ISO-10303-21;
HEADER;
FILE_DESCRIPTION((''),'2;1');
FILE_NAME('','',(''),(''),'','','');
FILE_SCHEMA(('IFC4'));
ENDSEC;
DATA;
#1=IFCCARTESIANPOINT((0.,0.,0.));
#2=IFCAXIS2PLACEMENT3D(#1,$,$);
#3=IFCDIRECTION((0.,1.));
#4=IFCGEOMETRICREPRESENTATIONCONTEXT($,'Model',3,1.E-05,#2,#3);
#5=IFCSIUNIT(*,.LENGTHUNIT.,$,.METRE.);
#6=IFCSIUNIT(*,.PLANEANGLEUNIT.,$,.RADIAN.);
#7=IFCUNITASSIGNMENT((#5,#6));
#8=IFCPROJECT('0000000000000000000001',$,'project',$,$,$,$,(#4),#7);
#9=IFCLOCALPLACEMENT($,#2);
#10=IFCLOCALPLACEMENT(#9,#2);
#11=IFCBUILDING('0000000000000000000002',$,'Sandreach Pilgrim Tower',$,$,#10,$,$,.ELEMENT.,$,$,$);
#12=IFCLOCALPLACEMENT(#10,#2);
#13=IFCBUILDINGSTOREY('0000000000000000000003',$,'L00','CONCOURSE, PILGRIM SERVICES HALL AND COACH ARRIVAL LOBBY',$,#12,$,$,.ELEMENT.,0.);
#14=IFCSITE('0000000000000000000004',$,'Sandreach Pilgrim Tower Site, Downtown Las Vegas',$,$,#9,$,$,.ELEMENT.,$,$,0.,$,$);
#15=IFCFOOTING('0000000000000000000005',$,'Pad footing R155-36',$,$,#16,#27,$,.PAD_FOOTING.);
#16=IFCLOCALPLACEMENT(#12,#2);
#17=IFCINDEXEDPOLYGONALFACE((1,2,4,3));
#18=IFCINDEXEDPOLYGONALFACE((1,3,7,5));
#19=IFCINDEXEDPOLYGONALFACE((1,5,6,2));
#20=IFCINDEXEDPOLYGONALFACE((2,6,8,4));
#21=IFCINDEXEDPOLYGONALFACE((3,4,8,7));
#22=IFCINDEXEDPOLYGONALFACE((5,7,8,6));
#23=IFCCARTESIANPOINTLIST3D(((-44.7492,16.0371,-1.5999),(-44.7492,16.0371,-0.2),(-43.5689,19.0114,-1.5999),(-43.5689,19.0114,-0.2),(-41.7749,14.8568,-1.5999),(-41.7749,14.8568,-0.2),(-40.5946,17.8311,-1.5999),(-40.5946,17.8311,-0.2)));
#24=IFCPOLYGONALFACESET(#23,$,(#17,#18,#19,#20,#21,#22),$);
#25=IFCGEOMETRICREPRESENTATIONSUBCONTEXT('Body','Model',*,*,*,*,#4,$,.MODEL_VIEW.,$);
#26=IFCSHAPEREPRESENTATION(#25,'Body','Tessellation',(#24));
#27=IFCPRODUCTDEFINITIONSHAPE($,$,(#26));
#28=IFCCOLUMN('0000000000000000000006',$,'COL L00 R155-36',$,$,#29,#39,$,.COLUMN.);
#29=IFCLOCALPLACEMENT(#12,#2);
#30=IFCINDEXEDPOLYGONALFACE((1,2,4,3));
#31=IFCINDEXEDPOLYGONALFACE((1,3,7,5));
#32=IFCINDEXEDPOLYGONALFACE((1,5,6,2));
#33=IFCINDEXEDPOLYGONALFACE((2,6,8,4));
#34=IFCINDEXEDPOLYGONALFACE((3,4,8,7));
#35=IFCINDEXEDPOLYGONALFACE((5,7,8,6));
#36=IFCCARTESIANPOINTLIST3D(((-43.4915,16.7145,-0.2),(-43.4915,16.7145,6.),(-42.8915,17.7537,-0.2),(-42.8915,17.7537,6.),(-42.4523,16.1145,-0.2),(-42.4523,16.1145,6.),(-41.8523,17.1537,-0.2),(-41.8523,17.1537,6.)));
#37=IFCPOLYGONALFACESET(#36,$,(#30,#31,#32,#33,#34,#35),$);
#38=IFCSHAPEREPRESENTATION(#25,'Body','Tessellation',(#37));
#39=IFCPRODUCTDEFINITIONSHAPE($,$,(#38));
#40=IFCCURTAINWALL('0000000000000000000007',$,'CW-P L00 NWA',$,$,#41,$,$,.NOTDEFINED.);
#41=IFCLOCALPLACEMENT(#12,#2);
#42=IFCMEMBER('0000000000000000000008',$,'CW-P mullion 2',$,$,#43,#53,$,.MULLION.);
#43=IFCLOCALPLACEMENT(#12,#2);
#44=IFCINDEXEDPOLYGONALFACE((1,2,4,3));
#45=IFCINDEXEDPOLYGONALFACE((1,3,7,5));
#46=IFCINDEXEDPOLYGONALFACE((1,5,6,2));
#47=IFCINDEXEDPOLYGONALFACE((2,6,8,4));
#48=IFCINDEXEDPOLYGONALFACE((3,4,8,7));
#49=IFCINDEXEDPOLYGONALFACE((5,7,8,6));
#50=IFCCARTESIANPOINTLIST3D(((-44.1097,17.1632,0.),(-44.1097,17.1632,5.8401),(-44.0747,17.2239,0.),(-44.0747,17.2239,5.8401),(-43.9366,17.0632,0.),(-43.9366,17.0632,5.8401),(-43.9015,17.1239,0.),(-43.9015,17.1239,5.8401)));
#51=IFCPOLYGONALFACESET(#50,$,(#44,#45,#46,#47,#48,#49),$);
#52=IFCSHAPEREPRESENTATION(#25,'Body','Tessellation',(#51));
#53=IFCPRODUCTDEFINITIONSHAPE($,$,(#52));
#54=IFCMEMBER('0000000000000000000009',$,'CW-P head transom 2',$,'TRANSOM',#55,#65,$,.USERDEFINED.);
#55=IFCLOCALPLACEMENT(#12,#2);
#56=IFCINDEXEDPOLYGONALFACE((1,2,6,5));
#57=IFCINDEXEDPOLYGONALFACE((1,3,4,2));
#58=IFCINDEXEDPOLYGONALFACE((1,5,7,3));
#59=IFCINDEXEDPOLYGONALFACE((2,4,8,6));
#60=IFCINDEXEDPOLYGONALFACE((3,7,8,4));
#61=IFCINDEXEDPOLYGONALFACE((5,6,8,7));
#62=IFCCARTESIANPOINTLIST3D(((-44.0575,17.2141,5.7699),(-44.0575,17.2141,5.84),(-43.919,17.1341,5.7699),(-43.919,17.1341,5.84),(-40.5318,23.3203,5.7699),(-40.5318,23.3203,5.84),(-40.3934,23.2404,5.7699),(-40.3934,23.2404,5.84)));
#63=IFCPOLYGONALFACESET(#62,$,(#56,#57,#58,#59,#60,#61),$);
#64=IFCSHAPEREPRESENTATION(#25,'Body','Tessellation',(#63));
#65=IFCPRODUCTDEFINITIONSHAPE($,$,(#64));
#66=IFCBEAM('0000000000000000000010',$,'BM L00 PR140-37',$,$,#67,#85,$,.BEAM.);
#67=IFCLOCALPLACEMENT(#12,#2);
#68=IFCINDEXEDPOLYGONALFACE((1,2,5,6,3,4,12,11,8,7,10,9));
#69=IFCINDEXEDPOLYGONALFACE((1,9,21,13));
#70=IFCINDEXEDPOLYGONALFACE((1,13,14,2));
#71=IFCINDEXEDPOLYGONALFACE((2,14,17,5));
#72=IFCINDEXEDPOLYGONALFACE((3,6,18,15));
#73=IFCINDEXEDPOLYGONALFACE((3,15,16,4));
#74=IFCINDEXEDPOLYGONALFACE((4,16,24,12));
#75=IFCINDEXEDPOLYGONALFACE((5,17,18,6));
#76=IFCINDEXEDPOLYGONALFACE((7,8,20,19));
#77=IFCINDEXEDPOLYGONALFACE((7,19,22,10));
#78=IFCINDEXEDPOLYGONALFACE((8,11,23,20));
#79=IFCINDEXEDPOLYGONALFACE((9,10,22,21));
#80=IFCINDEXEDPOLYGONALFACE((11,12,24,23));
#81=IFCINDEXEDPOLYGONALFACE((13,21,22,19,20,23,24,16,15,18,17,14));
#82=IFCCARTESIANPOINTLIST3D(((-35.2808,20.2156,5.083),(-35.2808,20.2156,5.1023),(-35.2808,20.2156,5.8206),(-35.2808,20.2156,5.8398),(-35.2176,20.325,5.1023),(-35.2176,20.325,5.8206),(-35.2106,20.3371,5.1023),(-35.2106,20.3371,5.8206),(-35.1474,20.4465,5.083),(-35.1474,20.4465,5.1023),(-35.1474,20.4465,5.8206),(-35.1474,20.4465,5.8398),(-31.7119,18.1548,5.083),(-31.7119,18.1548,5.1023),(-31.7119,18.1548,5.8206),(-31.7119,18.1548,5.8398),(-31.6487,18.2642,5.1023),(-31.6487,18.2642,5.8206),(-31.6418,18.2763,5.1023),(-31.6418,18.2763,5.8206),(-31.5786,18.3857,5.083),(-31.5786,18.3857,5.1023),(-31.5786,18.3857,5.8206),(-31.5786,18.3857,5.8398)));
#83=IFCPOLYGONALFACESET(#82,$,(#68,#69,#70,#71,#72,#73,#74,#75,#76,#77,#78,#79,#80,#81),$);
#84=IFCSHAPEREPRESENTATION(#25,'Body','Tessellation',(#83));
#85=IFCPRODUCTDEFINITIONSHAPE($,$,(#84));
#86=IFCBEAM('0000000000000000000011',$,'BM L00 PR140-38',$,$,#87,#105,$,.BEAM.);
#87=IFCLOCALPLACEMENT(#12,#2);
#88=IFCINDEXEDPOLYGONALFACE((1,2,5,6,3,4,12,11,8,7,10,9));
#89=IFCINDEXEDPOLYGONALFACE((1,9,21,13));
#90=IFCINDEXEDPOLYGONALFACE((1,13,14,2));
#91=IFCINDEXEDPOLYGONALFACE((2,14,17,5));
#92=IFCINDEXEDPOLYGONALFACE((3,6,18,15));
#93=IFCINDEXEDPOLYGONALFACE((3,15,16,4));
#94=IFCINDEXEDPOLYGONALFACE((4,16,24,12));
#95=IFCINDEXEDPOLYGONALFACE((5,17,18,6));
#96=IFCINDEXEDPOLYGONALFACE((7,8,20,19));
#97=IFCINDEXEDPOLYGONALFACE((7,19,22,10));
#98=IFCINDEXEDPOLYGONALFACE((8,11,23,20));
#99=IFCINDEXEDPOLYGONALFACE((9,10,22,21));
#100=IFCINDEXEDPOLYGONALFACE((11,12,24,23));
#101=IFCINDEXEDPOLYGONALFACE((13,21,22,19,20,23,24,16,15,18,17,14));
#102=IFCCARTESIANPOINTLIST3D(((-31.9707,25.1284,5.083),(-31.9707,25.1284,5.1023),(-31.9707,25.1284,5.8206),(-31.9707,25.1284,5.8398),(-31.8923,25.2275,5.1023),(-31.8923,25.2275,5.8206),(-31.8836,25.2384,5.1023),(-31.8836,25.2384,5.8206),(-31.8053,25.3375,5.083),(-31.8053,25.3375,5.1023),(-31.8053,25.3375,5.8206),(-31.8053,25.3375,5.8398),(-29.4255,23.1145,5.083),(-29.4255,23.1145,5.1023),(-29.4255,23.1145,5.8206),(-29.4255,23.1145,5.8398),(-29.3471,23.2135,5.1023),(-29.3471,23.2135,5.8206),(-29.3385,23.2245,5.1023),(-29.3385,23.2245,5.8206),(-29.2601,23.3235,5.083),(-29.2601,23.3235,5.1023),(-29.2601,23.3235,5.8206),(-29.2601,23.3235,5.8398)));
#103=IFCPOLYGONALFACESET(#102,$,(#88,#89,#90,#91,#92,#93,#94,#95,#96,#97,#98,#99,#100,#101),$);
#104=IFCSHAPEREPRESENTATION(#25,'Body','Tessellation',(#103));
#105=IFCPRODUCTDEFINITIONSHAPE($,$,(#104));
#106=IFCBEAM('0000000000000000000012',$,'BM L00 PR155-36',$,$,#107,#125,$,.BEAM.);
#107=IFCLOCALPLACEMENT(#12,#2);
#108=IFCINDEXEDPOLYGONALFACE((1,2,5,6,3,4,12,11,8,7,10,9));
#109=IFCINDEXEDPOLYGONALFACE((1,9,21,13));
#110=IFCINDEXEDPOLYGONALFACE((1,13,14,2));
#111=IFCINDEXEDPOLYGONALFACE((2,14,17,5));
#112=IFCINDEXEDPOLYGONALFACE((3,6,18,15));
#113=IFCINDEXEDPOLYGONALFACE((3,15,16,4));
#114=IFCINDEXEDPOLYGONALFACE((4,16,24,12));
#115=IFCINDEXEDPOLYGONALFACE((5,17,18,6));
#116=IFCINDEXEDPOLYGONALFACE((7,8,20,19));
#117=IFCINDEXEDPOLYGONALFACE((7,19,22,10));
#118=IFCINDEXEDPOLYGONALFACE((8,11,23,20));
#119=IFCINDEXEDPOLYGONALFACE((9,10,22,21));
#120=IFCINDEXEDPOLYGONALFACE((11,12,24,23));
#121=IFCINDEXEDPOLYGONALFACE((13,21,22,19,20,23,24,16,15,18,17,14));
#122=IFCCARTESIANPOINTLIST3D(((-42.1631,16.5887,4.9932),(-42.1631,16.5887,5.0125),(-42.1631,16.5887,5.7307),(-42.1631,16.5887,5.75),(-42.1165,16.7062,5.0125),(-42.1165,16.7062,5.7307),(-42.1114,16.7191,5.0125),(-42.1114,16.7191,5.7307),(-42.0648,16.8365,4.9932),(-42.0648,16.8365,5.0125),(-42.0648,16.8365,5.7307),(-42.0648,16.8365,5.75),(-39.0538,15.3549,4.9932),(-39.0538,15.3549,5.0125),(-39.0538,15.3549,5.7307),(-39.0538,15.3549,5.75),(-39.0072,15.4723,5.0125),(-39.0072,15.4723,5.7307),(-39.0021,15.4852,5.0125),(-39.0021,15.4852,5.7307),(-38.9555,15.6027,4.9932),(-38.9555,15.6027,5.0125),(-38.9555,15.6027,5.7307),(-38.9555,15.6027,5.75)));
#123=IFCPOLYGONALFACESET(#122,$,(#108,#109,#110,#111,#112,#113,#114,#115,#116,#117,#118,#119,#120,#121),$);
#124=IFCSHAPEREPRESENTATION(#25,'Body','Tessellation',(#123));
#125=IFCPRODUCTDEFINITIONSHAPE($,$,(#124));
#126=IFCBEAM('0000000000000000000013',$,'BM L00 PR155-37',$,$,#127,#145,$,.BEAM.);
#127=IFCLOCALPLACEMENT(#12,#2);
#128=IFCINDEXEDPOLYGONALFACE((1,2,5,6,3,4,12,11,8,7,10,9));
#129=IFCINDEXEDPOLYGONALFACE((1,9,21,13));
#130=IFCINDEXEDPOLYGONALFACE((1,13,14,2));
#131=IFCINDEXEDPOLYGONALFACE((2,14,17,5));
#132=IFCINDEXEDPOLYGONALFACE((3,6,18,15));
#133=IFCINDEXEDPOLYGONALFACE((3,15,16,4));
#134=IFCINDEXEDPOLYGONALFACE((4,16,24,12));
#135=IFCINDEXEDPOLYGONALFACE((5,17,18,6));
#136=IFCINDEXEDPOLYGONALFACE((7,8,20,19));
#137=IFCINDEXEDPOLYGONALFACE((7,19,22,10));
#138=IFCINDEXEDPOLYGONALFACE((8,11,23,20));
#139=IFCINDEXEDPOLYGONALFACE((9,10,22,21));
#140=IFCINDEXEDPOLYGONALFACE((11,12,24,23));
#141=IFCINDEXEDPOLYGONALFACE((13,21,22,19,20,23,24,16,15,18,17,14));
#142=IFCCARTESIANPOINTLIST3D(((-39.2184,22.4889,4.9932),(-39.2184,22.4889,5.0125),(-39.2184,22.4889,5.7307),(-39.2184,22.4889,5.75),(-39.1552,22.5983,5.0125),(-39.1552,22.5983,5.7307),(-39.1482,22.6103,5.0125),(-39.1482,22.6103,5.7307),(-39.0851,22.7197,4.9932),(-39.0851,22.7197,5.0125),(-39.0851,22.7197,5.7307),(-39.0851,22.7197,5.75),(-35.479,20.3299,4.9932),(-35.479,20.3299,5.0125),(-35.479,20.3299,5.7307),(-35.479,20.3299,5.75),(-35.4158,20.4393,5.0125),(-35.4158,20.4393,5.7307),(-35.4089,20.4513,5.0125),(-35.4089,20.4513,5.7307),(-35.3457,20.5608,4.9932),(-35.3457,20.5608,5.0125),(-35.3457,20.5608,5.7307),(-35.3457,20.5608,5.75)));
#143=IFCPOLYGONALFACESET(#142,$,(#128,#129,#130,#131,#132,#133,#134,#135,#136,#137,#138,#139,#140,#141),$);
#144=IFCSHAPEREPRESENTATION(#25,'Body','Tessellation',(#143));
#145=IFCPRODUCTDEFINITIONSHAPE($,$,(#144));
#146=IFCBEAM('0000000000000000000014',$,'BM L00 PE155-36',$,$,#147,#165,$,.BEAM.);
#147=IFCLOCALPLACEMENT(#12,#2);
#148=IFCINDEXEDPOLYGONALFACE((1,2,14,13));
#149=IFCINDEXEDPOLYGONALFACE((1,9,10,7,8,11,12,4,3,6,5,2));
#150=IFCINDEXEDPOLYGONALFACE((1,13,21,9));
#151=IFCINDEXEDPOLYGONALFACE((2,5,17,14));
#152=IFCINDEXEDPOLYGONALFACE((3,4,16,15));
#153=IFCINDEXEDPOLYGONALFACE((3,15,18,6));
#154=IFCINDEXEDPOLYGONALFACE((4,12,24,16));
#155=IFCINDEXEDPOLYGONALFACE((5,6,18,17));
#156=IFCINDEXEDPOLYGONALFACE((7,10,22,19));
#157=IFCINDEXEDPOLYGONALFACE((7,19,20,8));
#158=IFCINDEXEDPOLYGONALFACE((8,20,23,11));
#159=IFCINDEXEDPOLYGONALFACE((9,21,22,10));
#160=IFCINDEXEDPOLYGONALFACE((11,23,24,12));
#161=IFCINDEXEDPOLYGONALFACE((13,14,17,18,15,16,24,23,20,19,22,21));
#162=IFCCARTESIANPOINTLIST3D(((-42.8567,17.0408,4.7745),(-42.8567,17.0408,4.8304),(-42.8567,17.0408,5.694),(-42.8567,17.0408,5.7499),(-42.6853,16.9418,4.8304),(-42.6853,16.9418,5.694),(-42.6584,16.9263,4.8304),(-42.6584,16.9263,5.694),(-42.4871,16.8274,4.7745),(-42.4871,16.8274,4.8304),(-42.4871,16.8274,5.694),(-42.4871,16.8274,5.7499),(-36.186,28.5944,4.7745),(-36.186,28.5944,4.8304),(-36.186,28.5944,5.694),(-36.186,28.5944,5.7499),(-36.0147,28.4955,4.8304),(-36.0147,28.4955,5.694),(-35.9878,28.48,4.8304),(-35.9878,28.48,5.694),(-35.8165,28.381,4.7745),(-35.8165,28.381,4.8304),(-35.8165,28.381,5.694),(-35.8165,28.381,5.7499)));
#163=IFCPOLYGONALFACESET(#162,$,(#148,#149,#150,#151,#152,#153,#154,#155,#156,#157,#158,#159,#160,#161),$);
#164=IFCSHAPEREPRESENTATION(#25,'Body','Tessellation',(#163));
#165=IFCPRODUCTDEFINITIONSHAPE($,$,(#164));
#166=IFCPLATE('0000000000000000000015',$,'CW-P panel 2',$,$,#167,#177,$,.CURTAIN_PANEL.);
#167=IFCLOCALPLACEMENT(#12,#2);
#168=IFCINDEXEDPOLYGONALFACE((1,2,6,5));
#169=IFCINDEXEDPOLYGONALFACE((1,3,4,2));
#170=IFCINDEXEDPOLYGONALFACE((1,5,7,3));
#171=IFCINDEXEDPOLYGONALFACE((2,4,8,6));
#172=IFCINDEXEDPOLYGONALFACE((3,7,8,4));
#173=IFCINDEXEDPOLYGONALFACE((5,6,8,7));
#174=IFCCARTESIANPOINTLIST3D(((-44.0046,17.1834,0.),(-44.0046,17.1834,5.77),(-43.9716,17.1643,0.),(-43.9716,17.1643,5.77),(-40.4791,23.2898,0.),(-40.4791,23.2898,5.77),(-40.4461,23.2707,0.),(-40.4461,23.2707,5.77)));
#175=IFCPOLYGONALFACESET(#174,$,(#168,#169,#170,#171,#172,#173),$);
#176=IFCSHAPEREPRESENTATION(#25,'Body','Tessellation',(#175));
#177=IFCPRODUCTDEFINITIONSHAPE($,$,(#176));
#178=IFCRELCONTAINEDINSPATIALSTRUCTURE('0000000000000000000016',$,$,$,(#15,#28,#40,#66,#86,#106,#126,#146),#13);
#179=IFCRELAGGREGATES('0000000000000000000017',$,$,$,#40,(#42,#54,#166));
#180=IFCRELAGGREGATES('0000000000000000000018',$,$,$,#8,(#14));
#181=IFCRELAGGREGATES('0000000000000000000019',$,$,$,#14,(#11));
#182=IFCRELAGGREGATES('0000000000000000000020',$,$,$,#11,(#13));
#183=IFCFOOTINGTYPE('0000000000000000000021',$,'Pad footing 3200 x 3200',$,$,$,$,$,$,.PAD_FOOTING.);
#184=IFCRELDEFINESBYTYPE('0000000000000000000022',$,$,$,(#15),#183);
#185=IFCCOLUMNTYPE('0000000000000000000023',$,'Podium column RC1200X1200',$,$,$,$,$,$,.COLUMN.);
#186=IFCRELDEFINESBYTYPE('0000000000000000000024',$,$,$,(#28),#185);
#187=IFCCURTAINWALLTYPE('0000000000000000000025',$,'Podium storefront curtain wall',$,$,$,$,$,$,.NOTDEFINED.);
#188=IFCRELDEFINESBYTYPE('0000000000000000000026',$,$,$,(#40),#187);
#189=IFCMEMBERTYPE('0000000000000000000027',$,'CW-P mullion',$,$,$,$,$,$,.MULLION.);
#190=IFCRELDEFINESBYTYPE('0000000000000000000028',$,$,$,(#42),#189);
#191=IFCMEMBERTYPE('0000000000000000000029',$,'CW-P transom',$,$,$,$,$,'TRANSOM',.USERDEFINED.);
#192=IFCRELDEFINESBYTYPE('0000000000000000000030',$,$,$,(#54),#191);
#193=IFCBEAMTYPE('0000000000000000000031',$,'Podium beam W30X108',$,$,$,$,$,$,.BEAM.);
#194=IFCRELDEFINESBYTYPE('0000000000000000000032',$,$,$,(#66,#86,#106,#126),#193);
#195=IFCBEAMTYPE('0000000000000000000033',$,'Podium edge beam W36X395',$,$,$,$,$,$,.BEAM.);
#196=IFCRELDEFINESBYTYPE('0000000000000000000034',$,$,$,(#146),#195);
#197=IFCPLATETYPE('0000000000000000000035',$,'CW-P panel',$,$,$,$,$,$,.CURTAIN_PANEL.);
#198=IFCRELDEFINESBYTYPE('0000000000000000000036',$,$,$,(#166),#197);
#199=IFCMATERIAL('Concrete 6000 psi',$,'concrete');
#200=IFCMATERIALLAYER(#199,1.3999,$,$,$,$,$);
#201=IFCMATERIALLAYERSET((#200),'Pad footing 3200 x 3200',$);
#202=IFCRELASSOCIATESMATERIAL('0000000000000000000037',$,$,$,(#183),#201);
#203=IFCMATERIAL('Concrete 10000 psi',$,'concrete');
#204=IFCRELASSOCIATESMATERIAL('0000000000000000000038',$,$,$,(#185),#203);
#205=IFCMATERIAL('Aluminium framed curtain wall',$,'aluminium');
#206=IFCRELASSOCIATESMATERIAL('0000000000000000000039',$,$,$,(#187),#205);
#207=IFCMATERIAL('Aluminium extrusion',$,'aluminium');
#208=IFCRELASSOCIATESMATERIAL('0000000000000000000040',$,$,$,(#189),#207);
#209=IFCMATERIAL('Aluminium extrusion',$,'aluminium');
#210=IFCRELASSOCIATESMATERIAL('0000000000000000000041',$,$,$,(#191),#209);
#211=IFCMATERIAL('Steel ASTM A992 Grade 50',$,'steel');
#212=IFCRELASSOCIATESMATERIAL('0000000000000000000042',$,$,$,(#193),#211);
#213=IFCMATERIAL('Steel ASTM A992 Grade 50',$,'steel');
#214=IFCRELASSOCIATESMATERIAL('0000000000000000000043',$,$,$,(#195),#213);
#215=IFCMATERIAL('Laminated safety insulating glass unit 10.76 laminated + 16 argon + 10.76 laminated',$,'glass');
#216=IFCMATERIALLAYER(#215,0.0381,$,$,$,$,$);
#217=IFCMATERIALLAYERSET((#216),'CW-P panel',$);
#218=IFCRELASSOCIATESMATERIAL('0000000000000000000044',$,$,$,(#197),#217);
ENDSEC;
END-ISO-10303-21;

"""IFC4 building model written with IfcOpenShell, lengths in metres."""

from ifc_helpers import new_model, si_unit, direction, frame, origin, origin_2d, place, context, subcontext, project, spatial, rectangle, i_section, extrude, material, layer, layer_set, material_profile, profile_set, type_object, element, aggregate, save


model = new_model("IFC4")

# Units and contexts
model_context = context("Model", 3, precision=1e-05, world=origin(), true_north=direction((0.0, 1.0)))
body_context = subcontext(model_context, "Body", "Model", "MODEL_VIEW")
ifc_project = project(units=[si_unit("LENGTHUNIT", "METRE"), si_unit("PLANEANGLEUNIT", "RADIAN")], contexts=[model_context])

# Site, building, storey
site_placement = place(None, origin())
site = spatial("IfcSite", under=ifc_project, at=site_placement, Name="Sandreach Pilgrim Tower Site, Downtown Las Vegas", CompositionType="ELEMENT", RefElevation=0.0)
building_placement = place(site_placement, origin())
building = spatial("IfcBuilding", under=site, at=building_placement, Name="Sandreach Pilgrim Tower", CompositionType="ELEMENT")
storey_placement = place(building_placement, origin())
storey = spatial("IfcBuildingStorey", under=building, at=storey_placement, Name="L00", Description="CONCOURSE, PILGRIM SERVICES HALL AND COACH ARRIVAL LOBBY", CompositionType="ELEMENT", Elevation=0.0)

# Footing
ifc_material_1 = material(Name="Concrete 6000 psi", Category="concrete")
ifc_layer_1 = layer(ifc_material_1, 1.3999)
ifc_layer_set_1 = layer_set([ifc_layer_1], Name="Pad footing 3200 x 3200")
footing_type = type_object("IfcFootingType", Name="Pad footing 3200 x 3200", PredefinedType="PAD_FOOTING", material=ifc_layer_set_1)
footing_placement = place(storey_placement, frame((-42.6719, 16.9341, -1.5999), z_axis=(0.0, 0.0, 1.0), x_axis=(-0.929485, 0.36886, 0.0)))
element("IfcFooting", 1, at=footing_placement, inside=storey, type_object=footing_type, Name="Pad footing R155-36", PredefinedType="PAD_FOOTING", context=body_context, shape_type="SweptSolid", body=[
    extrude(rectangle(XDim=3.2, YDim=3.2, at=origin_2d()), origin(), (0.0, 0.0, 1.0), 1.3999),
])

# Column
ifc_material_2 = material(Name="Concrete 10000 psi", Category="concrete")
ifc_material_profile_1 = material_profile(ifc_material_2, rectangle(XDim=1.2, YDim=1.2, at=origin_2d()), Name="RC1200X1200")
ifc_profile_set_1 = profile_set([ifc_material_profile_1], Name="Concrete 10000 psi")
column_type = type_object("IfcColumnType", Name="Podium column RC1200X1200", PredefinedType="COLUMN", material=ifc_profile_set_1)
column_placement = place(storey_placement, frame((-42.6719, 16.9341, -0.2), z_axis=(0.0, 0.0, 1.0), x_axis=(-0.866025, 0.5, 0.0)))
element("IfcColumn", 2, at=column_placement, inside=storey, type_object=column_type, Name="COL L00 R155-36", PredefinedType="COLUMN", context=body_context, shape_type="SweptSolid", body=[
    extrude(rectangle(XDim=1.2, YDim=1.2, at=origin_2d()), origin(), (0.0, 0.0, 1.0), 6.2),
])

# Curtain wall, members
ifc_material_3 = material(Name="Aluminium framed curtain wall", Category="aluminium")
curtain_wall_type = type_object("IfcCurtainWallType", Name="Podium storefront curtain wall", PredefinedType="NOTDEFINED", material=ifc_material_3)
curtain_wall_placement = place(storey_placement, origin())
curtain_wall = element("IfcCurtainWall", 3, at=curtain_wall_placement, inside=storey, type_object=curtain_wall_type, Name="CW-P L00 NWA", PredefinedType="NOTDEFINED")
ifc_material_4 = material(Name="Aluminium extrusion", Category="aluminium")
ifc_material_profile_2 = material_profile(ifc_material_4, rectangle(XDim=0.0701, YDim=0.2, at=origin_2d()), Name="CW-PM 70X200")
ifc_profile_set_2 = profile_set([ifc_material_profile_2], Name="Aluminium extrusion")
member_type_1 = type_object("IfcMemberType", Name="CW-P mullion", PredefinedType="MULLION", material=ifc_profile_set_2)
member_1_placement = place(storey_placement, frame((-44.0056, 17.1436, 0.0), z_axis=(0.0, 0.0, 1.0), x_axis=(0.5, 0.866025, 0.0)))
member_1 = element("IfcMember", 4, at=member_1_placement, type_object=member_type_1, Name="CW-P mullion 2", PredefinedType="MULLION", context=body_context, shape_type="SweptSolid", body=[
    extrude(rectangle(XDim=0.0701, YDim=0.2, at=origin_2d()), origin(), (0.0, 0.0, 1.0), 5.8401),
])
ifc_material_5 = material(Name="Aluminium extrusion", Category="aluminium")
ifc_material_profile_3 = material_profile(ifc_material_5, rectangle(XDim=0.1599, YDim=0.0701, at=origin_2d()), Name="CW-PT 160X70")
ifc_profile_set_3 = profile_set([ifc_material_profile_3], Name="Aluminium extrusion")
member_type_2 = type_object("IfcMemberType", Name="CW-P transom", ElementType="TRANSOM", PredefinedType="USERDEFINED", material=ifc_profile_set_3)
member_2_placement = place(storey_placement, frame((-43.9883, 17.1741, 5.8049), z_axis=(0.500023, 0.866012, 0.0), x_axis=(-0.866012, 0.500023, 0.0)))
member_2 = element("IfcMember", 5, at=member_2_placement, type_object=member_type_2, Name="CW-P head transom 2", ObjectType="TRANSOM", PredefinedType="USERDEFINED", context=body_context, shape_type="SweptSolid", body=[
    extrude(rectangle(XDim=0.1599, YDim=0.0701, at=origin_2d()), origin(), (0.0, 0.0, 1.0), 7.051),
])

# Beams
ifc_material_6 = material(Name="Steel ASTM A992 Grade 50", Category="steel")
ifc_material_profile_4 = material_profile(ifc_material_6, i_section(OverallWidth=0.2666, OverallDepth=0.7568, WebThickness=0.0139, FlangeThickness=0.0193, at=origin_2d()), Name="W30X108")
ifc_profile_set_4 = profile_set([ifc_material_profile_4], Name="Steel ASTM A992 Grade 50")
beam_type_1 = type_object("IfcBeamType", Name="Podium beam W30X108", PredefinedType="BEAM", material=ifc_profile_set_4)
beam_1_placement = place(storey_placement, frame((-31.6453, 18.2703, 5.4614), z_axis=(-0.865992, 0.500057, 0.0), x_axis=(-0.500057, -0.865992, 0.0)))
element("IfcBeam", 6, at=beam_1_placement, inside=storey, type_object=beam_type_1, Name="BM L00 PR140-37", PredefinedType="BEAM", context=body_context, shape_type="SweptSolid", body=[
    extrude(i_section(OverallWidth=0.2666, OverallDepth=0.7568, WebThickness=0.0139, FlangeThickness=0.0193, at=origin_2d()), origin(), (0.0, 0.0, 1.0), 4.1211),
])
beam_2_placement = place(storey_placement, frame((-29.3428, 23.219, 5.4614), z_axis=(-0.784197, 0.620512, 0.0), x_axis=(-0.620512, -0.784197, 0.0)))
element("IfcBeam", 7, at=beam_2_placement, inside=storey, type_object=beam_type_1, Name="BM L00 PR140-38", PredefinedType="BEAM", context=body_context, shape_type="SweptSolid", body=[
    extrude(i_section(OverallWidth=0.2666, OverallDepth=0.7568, WebThickness=0.0139, FlangeThickness=0.0193, at=origin_2d()), origin(), (0.0, 0.0, 1.0), 3.2456),
])
beam_3_placement = place(storey_placement, frame((-39.0046, 15.4788, 5.3716), z_axis=(-0.92949, 0.368848, 0.0), x_axis=(-0.368848, -0.92949, 0.0)))
element("IfcBeam", 8, at=beam_3_placement, inside=storey, type_object=beam_type_1, Name="BM L00 PR155-36", PredefinedType="BEAM", context=body_context, shape_type="SweptSolid", body=[
    extrude(i_section(OverallWidth=0.2666, OverallDepth=0.7568, WebThickness=0.0139, FlangeThickness=0.0193, at=origin_2d()), origin(), (0.0, 0.0, 1.0), 3.3452),
])
beam_4_placement = place(storey_placement, frame((-35.4124, 20.4453, 5.3716), z_axis=(-0.866018, 0.500013, 0.0), x_axis=(-0.500013, -0.866018, 0.0)))
element("IfcBeam", 9, at=beam_4_placement, inside=storey, type_object=beam_type_1, Name="BM L00 PR155-37", PredefinedType="BEAM", context=body_context, shape_type="SweptSolid", body=[
    extrude(i_section(OverallWidth=0.2666, OverallDepth=0.7568, WebThickness=0.0139, FlangeThickness=0.0193, at=origin_2d()), origin(), (0.0, 0.0, 1.0), 4.3179),
])
ifc_material_7 = material(Name="Steel ASTM A992 Grade 50", Category="steel")
ifc_material_profile_5 = material_profile(ifc_material_7, i_section(OverallWidth=0.4268, OverallDepth=0.9753, WebThickness=0.031, FlangeThickness=0.0559, at=origin_2d()), Name="W36X395")
ifc_profile_set_5 = profile_set([ifc_material_profile_5], Name="Steel ASTM A992 Grade 50")
beam_type_2 = type_object("IfcBeamType", Name="Podium edge beam W36X395", PredefinedType="BEAM", material=ifc_profile_set_5)
beam_5_placement = place(storey_placement, frame((-42.6719, 16.9341, 5.2622), z_axis=(0.500007, 0.866022, 0.0), x_axis=(-0.866022, 0.500007, 0.0)))
element("IfcBeam", 10, at=beam_5_placement, inside=storey, type_object=beam_type_2, Name="BM L00 PE155-36", PredefinedType="BEAM", context=body_context, shape_type="SweptSolid", body=[
    extrude(i_section(OverallWidth=0.4268, OverallDepth=0.9753, WebThickness=0.031, FlangeThickness=0.0559, at=origin_2d()), origin(), (0.0, 0.0, 1.0), 13.3411),
])

# Plate
ifc_material_8 = material(Name="Laminated safety insulating glass unit 10.76 laminated + 16 argon + 10.76 laminated", Category="glass")
ifc_layer_2 = layer(ifc_material_8, 0.0381)
ifc_layer_set_2 = layer_set([ifc_layer_2], Name="CW-P panel")
plate_type = type_object("IfcPlateType", Name="CW-P panel", PredefinedType="CURTAIN_PANEL", material=ifc_layer_set_2)
plate_placement = place(storey_placement, frame((-42.2253, 20.2271, 0.0), z_axis=(0.0, 0.0, 1.0), x_axis=(0.5, 0.866025, 0.0)))
plate = element("IfcPlate", 11, at=plate_placement, type_object=plate_type, Name="CW-P panel 2", PredefinedType="CURTAIN_PANEL", context=body_context, shape_type="SweptSolid", body=[
    extrude(rectangle(XDim=7.051, YDim=0.0381, at=origin_2d()), origin(), (0.0, 0.0, 1.0), 5.77),
])
aggregate(curtain_wall, [member_1, member_2, plate])

save(model, "model.ifc")
